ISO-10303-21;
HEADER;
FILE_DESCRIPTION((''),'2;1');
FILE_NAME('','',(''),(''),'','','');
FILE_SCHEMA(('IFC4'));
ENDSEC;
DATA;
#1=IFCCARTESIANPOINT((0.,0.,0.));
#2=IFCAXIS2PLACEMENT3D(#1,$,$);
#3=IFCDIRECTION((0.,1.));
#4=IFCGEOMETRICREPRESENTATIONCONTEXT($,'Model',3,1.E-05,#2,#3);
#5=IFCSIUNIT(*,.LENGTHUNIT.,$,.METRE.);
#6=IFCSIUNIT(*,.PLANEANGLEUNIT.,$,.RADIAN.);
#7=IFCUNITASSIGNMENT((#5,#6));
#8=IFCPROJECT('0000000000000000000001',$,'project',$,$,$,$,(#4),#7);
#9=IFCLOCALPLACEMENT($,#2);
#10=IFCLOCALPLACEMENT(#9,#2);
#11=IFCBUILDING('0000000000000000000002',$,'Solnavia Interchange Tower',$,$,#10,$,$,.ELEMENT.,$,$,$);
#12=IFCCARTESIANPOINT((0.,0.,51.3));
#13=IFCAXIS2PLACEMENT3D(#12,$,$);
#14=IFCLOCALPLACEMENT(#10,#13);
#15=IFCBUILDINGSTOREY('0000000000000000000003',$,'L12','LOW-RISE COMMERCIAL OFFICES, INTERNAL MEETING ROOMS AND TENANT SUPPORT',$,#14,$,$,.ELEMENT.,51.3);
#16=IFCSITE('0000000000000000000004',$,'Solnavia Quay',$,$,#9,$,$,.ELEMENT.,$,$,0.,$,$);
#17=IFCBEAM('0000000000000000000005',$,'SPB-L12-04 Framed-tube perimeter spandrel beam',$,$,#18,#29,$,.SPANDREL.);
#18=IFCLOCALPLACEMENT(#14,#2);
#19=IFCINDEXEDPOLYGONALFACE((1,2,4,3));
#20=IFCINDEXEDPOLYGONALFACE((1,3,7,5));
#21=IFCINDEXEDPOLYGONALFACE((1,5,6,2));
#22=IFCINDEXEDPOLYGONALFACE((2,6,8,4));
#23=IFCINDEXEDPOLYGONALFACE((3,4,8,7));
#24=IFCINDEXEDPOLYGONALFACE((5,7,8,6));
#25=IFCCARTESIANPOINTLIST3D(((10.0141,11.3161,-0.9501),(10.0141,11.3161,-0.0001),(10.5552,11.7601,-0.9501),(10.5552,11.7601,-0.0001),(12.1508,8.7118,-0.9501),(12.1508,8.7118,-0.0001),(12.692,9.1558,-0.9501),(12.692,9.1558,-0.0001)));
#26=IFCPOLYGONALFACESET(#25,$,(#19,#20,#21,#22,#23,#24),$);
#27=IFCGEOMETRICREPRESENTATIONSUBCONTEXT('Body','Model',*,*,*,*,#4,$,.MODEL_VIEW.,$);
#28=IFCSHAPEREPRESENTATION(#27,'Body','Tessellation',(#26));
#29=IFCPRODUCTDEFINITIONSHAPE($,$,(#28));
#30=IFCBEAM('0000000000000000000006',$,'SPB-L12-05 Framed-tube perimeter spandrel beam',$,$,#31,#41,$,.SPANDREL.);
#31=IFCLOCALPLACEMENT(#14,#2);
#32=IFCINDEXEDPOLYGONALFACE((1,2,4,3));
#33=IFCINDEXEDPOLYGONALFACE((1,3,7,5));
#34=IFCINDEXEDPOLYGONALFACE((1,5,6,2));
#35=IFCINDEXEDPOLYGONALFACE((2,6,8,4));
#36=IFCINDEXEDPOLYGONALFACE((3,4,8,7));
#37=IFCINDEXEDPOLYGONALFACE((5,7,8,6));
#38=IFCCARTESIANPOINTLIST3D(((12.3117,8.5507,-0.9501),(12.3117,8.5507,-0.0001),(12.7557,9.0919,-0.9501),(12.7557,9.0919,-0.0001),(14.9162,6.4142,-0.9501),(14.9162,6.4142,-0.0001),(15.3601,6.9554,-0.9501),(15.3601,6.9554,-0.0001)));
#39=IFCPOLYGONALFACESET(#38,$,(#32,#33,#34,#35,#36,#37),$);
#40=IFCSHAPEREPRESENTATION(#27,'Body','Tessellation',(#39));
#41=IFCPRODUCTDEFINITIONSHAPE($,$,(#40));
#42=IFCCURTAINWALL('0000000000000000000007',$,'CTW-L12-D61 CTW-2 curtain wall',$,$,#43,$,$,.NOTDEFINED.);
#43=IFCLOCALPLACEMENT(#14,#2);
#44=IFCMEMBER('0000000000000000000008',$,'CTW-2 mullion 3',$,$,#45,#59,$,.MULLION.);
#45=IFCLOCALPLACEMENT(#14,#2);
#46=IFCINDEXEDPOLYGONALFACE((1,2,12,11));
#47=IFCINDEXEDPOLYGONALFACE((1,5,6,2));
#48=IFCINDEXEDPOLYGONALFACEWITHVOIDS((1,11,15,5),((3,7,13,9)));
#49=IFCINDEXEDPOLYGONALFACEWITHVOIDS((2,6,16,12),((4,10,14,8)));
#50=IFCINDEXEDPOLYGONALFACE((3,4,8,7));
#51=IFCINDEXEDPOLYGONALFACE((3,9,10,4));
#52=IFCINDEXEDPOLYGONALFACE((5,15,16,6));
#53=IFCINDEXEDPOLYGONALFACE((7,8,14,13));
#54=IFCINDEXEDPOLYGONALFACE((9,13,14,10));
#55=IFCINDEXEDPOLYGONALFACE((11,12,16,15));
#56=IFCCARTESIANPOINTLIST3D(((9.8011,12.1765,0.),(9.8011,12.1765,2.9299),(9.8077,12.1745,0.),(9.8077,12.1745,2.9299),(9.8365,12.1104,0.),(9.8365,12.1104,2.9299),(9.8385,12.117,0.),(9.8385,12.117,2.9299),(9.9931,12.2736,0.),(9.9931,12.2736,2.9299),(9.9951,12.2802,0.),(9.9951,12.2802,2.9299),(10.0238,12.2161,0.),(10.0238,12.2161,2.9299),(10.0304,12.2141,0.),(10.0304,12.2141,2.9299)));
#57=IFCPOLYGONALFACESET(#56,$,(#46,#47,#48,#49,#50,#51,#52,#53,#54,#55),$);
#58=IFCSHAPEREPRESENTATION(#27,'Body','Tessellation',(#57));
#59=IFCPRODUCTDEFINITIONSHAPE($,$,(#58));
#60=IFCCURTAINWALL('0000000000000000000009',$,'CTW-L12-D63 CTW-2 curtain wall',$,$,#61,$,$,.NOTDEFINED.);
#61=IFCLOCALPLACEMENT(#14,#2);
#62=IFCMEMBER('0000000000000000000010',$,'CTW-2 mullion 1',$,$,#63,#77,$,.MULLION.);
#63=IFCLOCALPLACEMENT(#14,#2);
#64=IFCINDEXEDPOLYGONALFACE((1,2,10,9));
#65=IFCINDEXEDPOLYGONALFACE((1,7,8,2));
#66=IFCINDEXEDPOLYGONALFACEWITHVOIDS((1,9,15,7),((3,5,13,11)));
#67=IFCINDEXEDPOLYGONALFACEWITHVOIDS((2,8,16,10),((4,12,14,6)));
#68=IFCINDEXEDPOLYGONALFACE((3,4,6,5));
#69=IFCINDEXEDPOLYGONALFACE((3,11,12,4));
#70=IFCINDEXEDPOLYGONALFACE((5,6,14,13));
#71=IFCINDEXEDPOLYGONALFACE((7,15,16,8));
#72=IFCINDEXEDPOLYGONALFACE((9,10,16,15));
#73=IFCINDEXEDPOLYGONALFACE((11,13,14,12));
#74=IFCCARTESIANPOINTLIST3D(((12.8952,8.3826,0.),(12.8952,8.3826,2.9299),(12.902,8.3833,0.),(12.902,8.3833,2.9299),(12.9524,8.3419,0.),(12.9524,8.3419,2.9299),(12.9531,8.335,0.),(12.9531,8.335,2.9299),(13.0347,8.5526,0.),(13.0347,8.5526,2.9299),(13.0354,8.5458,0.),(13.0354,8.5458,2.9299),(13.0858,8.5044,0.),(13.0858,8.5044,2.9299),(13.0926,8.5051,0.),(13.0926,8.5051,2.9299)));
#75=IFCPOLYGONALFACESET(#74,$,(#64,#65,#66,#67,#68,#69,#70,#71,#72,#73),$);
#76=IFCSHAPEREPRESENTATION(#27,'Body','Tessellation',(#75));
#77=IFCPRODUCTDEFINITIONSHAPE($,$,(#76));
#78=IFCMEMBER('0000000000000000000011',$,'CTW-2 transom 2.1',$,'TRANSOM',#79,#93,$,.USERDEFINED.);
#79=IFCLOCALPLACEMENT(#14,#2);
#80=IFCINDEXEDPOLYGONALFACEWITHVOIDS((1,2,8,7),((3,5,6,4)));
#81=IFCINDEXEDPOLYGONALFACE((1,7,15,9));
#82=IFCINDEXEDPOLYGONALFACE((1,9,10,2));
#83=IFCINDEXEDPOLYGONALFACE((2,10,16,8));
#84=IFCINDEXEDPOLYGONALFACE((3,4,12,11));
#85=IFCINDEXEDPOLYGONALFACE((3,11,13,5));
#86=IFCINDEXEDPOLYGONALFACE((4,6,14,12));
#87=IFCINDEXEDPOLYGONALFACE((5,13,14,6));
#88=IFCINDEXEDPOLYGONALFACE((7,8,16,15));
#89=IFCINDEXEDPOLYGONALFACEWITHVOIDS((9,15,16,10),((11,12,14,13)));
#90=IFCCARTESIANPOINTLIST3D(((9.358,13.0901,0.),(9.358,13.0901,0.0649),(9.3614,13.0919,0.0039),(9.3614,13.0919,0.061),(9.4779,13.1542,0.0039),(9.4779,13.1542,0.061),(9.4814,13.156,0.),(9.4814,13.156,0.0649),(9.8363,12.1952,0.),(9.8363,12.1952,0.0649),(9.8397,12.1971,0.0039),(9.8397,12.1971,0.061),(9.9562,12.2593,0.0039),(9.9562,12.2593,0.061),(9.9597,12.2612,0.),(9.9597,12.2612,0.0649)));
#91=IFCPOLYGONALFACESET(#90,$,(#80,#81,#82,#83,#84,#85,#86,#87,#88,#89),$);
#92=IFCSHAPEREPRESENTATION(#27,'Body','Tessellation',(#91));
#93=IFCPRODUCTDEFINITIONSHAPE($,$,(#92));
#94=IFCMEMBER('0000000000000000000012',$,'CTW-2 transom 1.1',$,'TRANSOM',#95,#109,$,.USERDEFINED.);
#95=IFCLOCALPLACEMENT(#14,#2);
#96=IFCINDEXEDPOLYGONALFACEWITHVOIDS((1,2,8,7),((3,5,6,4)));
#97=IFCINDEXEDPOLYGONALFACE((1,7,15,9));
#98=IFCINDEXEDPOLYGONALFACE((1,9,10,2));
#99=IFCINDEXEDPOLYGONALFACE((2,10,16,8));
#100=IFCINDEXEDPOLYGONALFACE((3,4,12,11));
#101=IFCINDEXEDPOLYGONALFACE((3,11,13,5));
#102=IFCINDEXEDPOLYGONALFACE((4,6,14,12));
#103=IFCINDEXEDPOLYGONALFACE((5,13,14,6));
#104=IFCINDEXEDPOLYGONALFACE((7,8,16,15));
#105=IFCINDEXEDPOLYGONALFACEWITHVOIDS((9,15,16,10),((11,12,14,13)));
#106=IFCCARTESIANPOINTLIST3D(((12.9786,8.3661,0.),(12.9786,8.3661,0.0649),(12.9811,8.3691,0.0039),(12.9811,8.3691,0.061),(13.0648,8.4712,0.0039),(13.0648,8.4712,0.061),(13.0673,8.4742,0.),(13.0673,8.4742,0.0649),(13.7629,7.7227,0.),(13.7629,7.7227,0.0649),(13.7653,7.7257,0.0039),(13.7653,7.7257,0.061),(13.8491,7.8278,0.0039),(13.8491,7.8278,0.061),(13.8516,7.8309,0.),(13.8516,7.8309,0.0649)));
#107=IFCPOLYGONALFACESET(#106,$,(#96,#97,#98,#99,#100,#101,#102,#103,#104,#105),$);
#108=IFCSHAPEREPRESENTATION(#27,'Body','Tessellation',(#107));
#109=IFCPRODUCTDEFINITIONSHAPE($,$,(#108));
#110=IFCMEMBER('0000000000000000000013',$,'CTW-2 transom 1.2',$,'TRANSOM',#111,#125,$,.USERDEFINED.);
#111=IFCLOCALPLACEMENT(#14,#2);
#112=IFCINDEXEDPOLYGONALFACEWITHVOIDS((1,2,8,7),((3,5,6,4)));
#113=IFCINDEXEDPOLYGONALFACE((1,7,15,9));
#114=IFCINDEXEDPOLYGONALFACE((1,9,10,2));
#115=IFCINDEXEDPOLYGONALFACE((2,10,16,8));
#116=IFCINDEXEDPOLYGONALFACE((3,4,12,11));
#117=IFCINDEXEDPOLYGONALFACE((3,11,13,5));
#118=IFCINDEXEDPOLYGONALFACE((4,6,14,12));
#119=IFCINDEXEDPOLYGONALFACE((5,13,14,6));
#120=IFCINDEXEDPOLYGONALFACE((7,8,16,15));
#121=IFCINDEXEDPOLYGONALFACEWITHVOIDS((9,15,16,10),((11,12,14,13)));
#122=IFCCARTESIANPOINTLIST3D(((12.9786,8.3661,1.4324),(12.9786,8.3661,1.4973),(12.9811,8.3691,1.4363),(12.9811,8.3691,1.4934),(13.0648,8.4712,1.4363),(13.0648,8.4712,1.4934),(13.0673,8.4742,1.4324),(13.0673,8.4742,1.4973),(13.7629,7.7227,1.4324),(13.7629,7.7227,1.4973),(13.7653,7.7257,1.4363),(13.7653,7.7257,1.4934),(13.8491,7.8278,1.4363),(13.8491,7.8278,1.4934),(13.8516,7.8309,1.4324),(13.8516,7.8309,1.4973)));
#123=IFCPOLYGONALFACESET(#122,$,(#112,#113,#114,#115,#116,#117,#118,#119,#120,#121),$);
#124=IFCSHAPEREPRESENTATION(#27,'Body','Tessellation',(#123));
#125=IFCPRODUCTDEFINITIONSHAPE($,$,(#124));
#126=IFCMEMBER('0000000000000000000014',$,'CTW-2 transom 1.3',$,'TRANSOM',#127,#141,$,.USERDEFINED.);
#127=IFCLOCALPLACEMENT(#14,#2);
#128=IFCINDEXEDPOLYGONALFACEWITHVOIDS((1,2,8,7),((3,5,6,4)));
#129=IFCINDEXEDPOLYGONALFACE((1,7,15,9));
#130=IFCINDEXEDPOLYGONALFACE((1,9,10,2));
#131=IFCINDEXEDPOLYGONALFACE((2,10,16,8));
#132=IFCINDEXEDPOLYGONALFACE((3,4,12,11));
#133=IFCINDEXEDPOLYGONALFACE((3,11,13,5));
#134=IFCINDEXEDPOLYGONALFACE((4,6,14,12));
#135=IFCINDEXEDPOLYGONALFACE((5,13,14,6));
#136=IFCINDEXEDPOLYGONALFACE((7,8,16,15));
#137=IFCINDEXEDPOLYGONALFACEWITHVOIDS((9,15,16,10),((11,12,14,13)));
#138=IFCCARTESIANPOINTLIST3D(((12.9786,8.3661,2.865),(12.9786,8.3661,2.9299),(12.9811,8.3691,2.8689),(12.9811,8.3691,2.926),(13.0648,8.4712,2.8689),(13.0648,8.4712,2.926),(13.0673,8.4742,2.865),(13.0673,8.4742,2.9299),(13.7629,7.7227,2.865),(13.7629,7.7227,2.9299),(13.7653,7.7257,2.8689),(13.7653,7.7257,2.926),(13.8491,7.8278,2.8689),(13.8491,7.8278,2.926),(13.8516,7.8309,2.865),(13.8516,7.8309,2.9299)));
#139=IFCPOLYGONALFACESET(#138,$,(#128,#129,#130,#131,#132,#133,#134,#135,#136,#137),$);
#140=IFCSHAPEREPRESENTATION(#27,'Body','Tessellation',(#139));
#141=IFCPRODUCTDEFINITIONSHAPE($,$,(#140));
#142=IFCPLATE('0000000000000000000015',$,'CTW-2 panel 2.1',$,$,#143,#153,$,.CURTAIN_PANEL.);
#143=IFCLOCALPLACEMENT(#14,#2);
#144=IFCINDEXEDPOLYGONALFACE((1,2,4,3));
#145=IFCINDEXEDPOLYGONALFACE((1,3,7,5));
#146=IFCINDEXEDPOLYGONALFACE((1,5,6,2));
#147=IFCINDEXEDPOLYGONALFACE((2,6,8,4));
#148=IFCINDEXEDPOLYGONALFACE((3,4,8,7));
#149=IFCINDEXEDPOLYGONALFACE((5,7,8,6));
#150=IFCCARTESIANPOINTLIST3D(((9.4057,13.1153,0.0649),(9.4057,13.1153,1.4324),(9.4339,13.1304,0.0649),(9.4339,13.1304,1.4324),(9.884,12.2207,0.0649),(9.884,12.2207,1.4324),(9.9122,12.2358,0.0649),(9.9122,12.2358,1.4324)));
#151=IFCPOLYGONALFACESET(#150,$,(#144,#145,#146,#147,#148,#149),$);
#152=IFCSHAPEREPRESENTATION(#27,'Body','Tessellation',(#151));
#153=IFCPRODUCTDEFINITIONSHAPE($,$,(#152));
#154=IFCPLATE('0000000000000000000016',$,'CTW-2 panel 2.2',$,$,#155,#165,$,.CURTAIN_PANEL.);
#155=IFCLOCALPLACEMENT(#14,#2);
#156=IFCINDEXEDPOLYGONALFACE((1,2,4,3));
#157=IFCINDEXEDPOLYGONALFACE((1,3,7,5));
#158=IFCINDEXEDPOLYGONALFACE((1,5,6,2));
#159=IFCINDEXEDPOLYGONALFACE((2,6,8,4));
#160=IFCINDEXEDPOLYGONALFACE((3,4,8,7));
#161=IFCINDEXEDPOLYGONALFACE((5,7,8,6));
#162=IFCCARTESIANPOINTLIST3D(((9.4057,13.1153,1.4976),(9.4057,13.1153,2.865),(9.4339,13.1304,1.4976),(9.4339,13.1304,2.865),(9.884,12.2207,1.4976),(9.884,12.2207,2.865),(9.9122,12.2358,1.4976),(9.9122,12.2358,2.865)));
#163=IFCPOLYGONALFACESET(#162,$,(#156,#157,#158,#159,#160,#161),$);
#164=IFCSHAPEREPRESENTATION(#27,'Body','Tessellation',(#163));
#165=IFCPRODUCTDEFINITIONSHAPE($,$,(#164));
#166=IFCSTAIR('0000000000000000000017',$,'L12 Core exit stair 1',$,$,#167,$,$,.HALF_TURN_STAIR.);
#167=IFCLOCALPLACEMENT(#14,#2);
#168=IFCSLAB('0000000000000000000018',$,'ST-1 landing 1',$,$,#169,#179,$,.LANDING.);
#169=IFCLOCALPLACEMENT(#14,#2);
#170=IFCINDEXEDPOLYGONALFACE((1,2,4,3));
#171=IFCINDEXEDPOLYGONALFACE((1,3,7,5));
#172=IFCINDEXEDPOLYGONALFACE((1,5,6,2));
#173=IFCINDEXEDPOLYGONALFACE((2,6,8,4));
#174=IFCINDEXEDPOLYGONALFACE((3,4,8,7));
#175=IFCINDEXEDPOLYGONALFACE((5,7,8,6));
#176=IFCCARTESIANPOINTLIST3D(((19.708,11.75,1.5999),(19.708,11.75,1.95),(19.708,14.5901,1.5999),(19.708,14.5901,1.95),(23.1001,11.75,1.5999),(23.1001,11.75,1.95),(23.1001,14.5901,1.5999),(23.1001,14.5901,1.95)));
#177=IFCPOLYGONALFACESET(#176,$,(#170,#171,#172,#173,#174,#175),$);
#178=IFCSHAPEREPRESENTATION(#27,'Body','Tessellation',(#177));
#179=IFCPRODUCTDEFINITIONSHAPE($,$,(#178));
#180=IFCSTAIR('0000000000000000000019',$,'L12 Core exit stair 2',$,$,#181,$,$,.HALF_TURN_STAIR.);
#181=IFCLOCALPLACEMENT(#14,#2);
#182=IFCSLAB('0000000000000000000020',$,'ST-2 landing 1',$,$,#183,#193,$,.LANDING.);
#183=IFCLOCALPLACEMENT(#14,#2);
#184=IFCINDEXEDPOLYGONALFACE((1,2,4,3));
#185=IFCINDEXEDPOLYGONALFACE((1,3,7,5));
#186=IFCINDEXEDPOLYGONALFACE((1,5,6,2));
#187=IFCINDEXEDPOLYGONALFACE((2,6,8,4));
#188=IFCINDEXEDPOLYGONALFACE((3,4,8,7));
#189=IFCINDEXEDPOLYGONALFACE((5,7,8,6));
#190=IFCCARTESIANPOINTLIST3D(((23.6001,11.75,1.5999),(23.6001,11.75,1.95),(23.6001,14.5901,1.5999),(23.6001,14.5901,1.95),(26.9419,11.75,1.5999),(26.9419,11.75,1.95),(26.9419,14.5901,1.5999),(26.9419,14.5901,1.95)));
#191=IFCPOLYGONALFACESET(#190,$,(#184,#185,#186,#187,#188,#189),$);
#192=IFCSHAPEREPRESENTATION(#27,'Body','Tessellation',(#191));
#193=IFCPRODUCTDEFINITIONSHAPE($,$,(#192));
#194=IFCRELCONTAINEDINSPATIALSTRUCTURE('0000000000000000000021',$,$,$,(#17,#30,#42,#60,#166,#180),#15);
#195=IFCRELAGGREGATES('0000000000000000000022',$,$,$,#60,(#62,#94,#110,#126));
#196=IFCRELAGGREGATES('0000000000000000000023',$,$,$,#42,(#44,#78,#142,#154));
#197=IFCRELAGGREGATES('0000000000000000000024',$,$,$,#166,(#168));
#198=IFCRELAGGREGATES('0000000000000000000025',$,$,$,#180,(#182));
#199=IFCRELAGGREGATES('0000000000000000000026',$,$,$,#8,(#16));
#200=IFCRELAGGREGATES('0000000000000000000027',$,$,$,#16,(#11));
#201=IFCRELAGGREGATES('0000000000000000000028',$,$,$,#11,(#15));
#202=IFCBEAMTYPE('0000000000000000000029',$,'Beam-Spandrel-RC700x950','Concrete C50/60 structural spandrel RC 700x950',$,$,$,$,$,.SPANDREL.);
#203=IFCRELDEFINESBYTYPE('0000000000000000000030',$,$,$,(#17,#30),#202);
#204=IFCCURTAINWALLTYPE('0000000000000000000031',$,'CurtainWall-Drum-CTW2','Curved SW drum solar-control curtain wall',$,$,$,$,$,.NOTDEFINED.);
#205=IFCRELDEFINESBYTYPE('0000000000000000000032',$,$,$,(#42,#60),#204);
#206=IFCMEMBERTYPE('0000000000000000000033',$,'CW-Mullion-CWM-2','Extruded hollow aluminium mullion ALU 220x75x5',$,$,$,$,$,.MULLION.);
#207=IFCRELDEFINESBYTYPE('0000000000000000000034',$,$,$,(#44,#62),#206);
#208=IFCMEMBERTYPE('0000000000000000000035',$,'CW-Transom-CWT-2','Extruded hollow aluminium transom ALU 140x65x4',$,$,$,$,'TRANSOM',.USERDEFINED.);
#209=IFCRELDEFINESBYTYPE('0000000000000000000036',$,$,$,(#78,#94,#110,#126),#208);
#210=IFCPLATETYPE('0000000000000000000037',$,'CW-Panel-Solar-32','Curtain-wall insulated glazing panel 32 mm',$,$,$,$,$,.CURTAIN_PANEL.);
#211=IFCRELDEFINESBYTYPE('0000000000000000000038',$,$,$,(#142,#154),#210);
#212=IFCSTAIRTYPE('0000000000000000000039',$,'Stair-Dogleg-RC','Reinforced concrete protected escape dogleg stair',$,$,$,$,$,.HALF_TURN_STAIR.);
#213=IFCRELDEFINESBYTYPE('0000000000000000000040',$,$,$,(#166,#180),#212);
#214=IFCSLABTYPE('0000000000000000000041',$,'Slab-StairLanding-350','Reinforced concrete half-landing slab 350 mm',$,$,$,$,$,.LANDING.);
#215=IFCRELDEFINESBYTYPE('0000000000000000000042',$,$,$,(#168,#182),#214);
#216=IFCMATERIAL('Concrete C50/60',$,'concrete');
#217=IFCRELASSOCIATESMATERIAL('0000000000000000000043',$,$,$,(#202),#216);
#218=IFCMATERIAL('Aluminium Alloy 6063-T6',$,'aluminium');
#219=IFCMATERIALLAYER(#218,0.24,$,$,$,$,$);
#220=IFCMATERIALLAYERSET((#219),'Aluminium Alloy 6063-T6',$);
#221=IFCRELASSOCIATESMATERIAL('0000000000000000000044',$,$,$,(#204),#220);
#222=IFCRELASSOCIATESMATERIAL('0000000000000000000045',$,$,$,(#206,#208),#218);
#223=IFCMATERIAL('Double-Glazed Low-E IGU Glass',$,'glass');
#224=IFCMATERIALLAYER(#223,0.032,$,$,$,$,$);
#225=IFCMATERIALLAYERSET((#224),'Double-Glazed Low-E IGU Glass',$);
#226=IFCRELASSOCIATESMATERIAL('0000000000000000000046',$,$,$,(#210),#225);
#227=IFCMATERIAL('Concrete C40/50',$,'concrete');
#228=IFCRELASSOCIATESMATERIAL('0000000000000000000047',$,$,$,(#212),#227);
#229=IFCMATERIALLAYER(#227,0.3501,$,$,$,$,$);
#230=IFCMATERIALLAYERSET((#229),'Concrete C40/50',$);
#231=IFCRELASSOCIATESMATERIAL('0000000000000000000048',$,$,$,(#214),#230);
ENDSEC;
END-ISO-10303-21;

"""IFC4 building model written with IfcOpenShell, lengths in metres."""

from ifc_helpers import new_model, si_unit, direction, frame, origin, origin_2d, place, context, subcontext, project, spatial, polyline, rectangle, hollow_rectangle, outline, extrude, material, layer, layer_set, material_profile, profile_set, type_object, element, aggregate, save


model = new_model("IFC4")

# Units and contexts
model_context = context("Model", 3, precision=1e-05, world=origin(), true_north=direction((0.0, 1.0)))
body_context = subcontext(model_context, "Body", "Model", "MODEL_VIEW")
ifc_project = project(units=[si_unit("LENGTHUNIT", "METRE"), si_unit("PLANEANGLEUNIT", "RADIAN")], contexts=[model_context])

# Site, building, storey
site_placement = place(None, origin())
site = spatial("IfcSite", under=ifc_project, at=site_placement, Name="Solnavia Quay", CompositionType="ELEMENT", RefElevation=0.0)
building_placement = place(site_placement, origin())
building = spatial("IfcBuilding", under=site, at=building_placement, Name="Solnavia Interchange Tower", CompositionType="ELEMENT")
storey_placement = place(building_placement, frame((0.0, 0.0, 51.3)))
storey = spatial("IfcBuildingStorey", under=building, at=storey_placement, Name="L12", Description="LOW-RISE COMMERCIAL OFFICES, INTERNAL MEETING ROOMS AND TENANT SUPPORT", CompositionType="ELEMENT", Elevation=51.3)

# Beams
ifc_material_1 = material(Name="Concrete C50/60", Category="concrete")
ifc_material_profile_1 = material_profile(ifc_material_1, rectangle(XDim=0.7, YDim=0.95, at=origin_2d()), Name="RC 700x950")
ifc_profile_set_1 = profile_set([ifc_material_profile_1], Name="Concrete C50/60")
beam_type_1 = type_object("IfcBeamType", Name="Beam-Spandrel-RC700x950", Description="Concrete C50/60 structural spandrel RC 700x950", PredefinedType="SPANDREL", material=ifc_profile_set_1)
for number, where, z_axis, x_axis, name in (
    (1, (10.2847, 11.5381, -0.4751), (0.634299, -0.773088, 0.0), (0.773088, 0.634299, 0.0), "SPB-L12-04 Framed-tube perimeter spandrel beam"),
    (2, (12.5337, 8.8213, -0.4751), (0.773153, -0.63422, 0.0), (0.63422, 0.773153, 0.0), "SPB-L12-05 Framed-tube perimeter spandrel beam"),
):
    element("IfcBeam", number, at=place(storey_placement, frame(where, z_axis=z_axis, x_axis=x_axis)), inside=storey, type_object=beam_type_1, Name=name, PredefinedType="SPANDREL", context=body_context, shape_type="SweptSolid", body=[
        extrude(rectangle(XDim=0.7, YDim=0.95, at=origin_2d()), origin(), (0.0, 0.0, 1.0), 3.3687),
    ])

# Curtain walls, members
ifc_material_2 = material(Name="Aluminium Alloy 6063-T6", Category="aluminium")
ifc_layer_1 = layer(ifc_material_2, 0.24)
ifc_layer_set_1 = layer_set([ifc_layer_1], Name="Aluminium Alloy 6063-T6")
curtain_wall_type = type_object("IfcCurtainWallType", Name="CurtainWall-Drum-CTW2", Description="Curved SW drum solar-control curtain wall", PredefinedType="NOTDEFINED", material=ifc_layer_set_1)
curtain_wall_1_placement = place(storey_placement, origin())
curtain_wall_1 = element("IfcCurtainWall", 3, at=curtain_wall_1_placement, inside=storey, type_object=curtain_wall_type, Name="CTW-L12-D61 CTW-2 curtain wall", PredefinedType="NOTDEFINED")
ifc_material_profile_2 = material_profile(ifc_material_2, hollow_rectangle(XDim=0.075, YDim=0.22, WallThickness=0.0049, at=origin_2d()), Name="ALU 220x75x5")
ifc_profile_set_2 = profile_set([ifc_material_profile_2], Name="Aluminium Alloy 6063-T6")
member_type_1 = type_object("IfcMemberType", Name="CW-Mullion-CWM-2", Description="Extruded hollow aluminium mullion ALU 220x75x5", PredefinedType="MULLION", material=ifc_profile_set_2)
member_1_placement = place(storey_placement, frame((9.9158, 12.1953, 0.0), z_axis=(0.0, 0.0, 1.0), x_axis=(0.471537, -0.881846, 0.0)))
member_1 = element("IfcMember", 4, at=member_1_placement, type_object=member_type_1, Name="CTW-2 mullion 3", PredefinedType="MULLION", context=body_context, shape_type="SweptSolid", body=[
    extrude(hollow_rectangle(XDim=0.075, YDim=0.22, WallThickness=0.0049, at=origin_2d()), origin(), (0.0, 0.0, 1.0), 2.9299),
])
curtain_wall_2_placement = place(storey_placement, origin())
curtain_wall_2 = element("IfcCurtainWall", 5, at=curtain_wall_2_placement, inside=storey, type_object=curtain_wall_type, Name="CTW-L12-D63 CTW-2 curtain wall", PredefinedType="NOTDEFINED")
member_2_placement = place(storey_placement, frame((12.9939, 8.4438, 0.0), z_axis=(0.0, 0.0, 1.0), x_axis=(0.773095, -0.634291, 0.0)))
member_2 = element("IfcMember", 6, at=member_2_placement, type_object=member_type_1, Name="CTW-2 mullion 1", PredefinedType="MULLION", context=body_context, shape_type="SweptSolid", body=[
    extrude(hollow_rectangle(XDim=0.075, YDim=0.22, WallThickness=0.0049, at=origin_2d()), origin(), (0.0, 0.0, 1.0), 2.9299),
])

# Members
ifc_material_profile_3 = material_profile(ifc_material_2, hollow_rectangle(XDim=0.0649, YDim=0.1399, WallThickness=0.0039, at=origin_2d()), Name="ALU 140x65x4")
ifc_profile_set_3 = profile_set([ifc_material_profile_3], Name="Aluminium Alloy 6063-T6")
member_type_2 = type_object("IfcMemberType", Name="CW-Transom-CWT-2", Description="Extruded hollow aluminium transom ALU 140x65x4", ElementType="TRANSOM", PredefinedType="USERDEFINED", material=ifc_profile_set_3)
member_3_placement = place(storey_placement, frame((9.4197, 13.123, 0.0325), z_axis=(0.4714, -0.88192, 0.0), x_axis=(0.0, 0.0, 1.0)))
member_3 = element("IfcMember", 7, at=member_3_placement, type_object=member_type_2, Name="CTW-2 transom 2.1", ObjectType="TRANSOM", PredefinedType="USERDEFINED", context=body_context, shape_type="SweptSolid", body=[
    extrude(hollow_rectangle(XDim=0.0649, YDim=0.1399, WallThickness=0.0039, at=origin_2d()), origin(), (0.0, 0.0, 1.0), 1.0146),
])
member_4_placement = place(storey_placement, frame((13.0229, 8.4202, 0.0325), z_axis=(0.773131, -0.634247, 0.0), x_axis=(0.0, 0.0, 1.0)))
member_4 = element("IfcMember", 8, at=member_4_placement, type_object=member_type_2, Name="CTW-2 transom 1.1", ObjectType="TRANSOM", PredefinedType="USERDEFINED", context=body_context, shape_type="SweptSolid", body=[
    extrude(hollow_rectangle(XDim=0.0649, YDim=0.1399, WallThickness=0.0039, at=origin_2d()), origin(), (0.0, 0.0, 1.0), 1.0144),
])
member_5_placement = place(storey_placement, frame((13.0229, 8.4202, 1.4648), z_axis=(0.773131, -0.634247, 0.0), x_axis=(0.0, 0.0, 1.0)))
member_5 = element("IfcMember", 9, at=member_5_placement, type_object=member_type_2, Name="CTW-2 transom 1.2", ObjectType="TRANSOM", PredefinedType="USERDEFINED", context=body_context, shape_type="SweptSolid", body=[
    extrude(hollow_rectangle(XDim=0.0649, YDim=0.1399, WallThickness=0.0039, at=origin_2d()), origin(), (0.0, 0.0, 1.0), 1.0144),
])
member_6_placement = place(storey_placement, frame((13.0229, 8.4202, 2.8975), z_axis=(0.773131, -0.634247, 0.0), x_axis=(0.0, 0.0, 1.0)))
member_6 = element("IfcMember", 10, at=member_6_placement, type_object=member_type_2, Name="CTW-2 transom 1.3", ObjectType="TRANSOM", PredefinedType="USERDEFINED", context=body_context, shape_type="SweptSolid", body=[
    extrude(hollow_rectangle(XDim=0.0649, YDim=0.1399, WallThickness=0.0039, at=origin_2d()), origin(), (0.0, 0.0, 1.0), 1.0144),
])
aggregate(curtain_wall_2, [member_2, member_4, member_5, member_6])

# Plates
ifc_material_3 = material(Name="Double-Glazed Low-E IGU Glass", Category="glass")
ifc_layer_2 = layer(ifc_material_3, 0.032)
ifc_layer_set_2 = layer_set([ifc_layer_2], Name="Double-Glazed Low-E IGU Glass")
plate_type = type_object("IfcPlateType", Name="CW-Panel-Solar-32", Description="Curtain-wall insulated glazing panel 32 mm", PredefinedType="CURTAIN_PANEL", material=ifc_layer_set_2)
plate_1_placement = place(storey_placement, frame((9.6589, 12.6755, 0.0649), z_axis=(0.0, 0.0, 1.0), x_axis=(0.471537, -0.881846, 0.0)))
plate_1 = element("IfcPlate", 11, at=plate_1_placement, type_object=plate_type, Name="CTW-2 panel 2.1", PredefinedType="CURTAIN_PANEL", context=body_context, shape_type="SweptSolid", body=[
    extrude(rectangle(XDim=1.0144, YDim=0.032, at=origin_2d()), origin(), (0.0, 0.0, 1.0), 1.3674),
])
plate_2_placement = place(storey_placement, frame((9.6589, 12.6755, 1.4976), z_axis=(0.0, 0.0, 1.0), x_axis=(0.471537, -0.881846, 0.0)))
plate_2 = element("IfcPlate", 12, at=plate_2_placement, type_object=plate_type, Name="CTW-2 panel 2.2", PredefinedType="CURTAIN_PANEL", context=body_context, shape_type="SweptSolid", body=[
    extrude(rectangle(XDim=1.0144, YDim=0.032, at=origin_2d()), origin(), (0.0, 0.0, 1.0), 1.3674),
])
aggregate(curtain_wall_1, [member_1, member_3, plate_1, plate_2])

# Stairs, slabs
ifc_material_4 = material(Name="Concrete C40/50", Category="concrete")
stair_type = type_object("IfcStairType", Name="Stair-Dogleg-RC", Description="Reinforced concrete protected escape dogleg stair", PredefinedType="HALF_TURN_STAIR", material=ifc_material_4)
stair_1_placement = place(storey_placement, origin())
stair_1 = element("IfcStair", 13, at=stair_1_placement, inside=storey, type_object=stair_type, Name="L12 Core exit stair 1", PredefinedType="HALF_TURN_STAIR")
ifc_layer_3 = layer(ifc_material_4, 0.3501)
ifc_layer_set_3 = layer_set([ifc_layer_3], Name="Concrete C40/50")
slab_type_1 = type_object("IfcSlabType", Name="Slab-StairLanding-350", Description="Reinforced concrete half-landing slab 350 mm", PredefinedType="LANDING", material=ifc_layer_set_3)
slab_1_placement = place(storey_placement, frame((0.0, 0.0, 1.5999)))
slab_1 = element("IfcSlab", 14, at=slab_1_placement, type_object=slab_type_1, Name="ST-1 landing 1", PredefinedType="LANDING", context=body_context, shape_type="SweptSolid", body=[
    extrude(outline(polyline([(19.708, 11.75), (23.1001, 11.75), (23.1001, 14.5901), (19.708, 14.5901), (19.708, 11.75)])), origin(), (0.0, 0.0, 1.0), 0.3501),
])
aggregate(stair_1, [slab_1])
stair_2_placement = place(storey_placement, origin())
stair_2 = element("IfcStair", 15, at=stair_2_placement, inside=storey, type_object=stair_type, Name="L12 Core exit stair 2", PredefinedType="HALF_TURN_STAIR")
slab_2_placement = place(storey_placement, frame((0.0, 0.0, 1.5999)))
slab_2 = element("IfcSlab", 16, at=slab_2_placement, type_object=slab_type_1, Name="ST-2 landing 1", PredefinedType="LANDING", context=body_context, shape_type="SweptSolid", body=[
    extrude(outline(polyline([(23.6001, 11.75), (26.9419, 11.75), (26.9419, 14.5901), (23.6001, 14.5901), (23.6001, 11.75)])), origin(), (0.0, 0.0, 1.0), 0.3501),
])
aggregate(stair_2, [slab_2])

save(model, "model.ifc")
